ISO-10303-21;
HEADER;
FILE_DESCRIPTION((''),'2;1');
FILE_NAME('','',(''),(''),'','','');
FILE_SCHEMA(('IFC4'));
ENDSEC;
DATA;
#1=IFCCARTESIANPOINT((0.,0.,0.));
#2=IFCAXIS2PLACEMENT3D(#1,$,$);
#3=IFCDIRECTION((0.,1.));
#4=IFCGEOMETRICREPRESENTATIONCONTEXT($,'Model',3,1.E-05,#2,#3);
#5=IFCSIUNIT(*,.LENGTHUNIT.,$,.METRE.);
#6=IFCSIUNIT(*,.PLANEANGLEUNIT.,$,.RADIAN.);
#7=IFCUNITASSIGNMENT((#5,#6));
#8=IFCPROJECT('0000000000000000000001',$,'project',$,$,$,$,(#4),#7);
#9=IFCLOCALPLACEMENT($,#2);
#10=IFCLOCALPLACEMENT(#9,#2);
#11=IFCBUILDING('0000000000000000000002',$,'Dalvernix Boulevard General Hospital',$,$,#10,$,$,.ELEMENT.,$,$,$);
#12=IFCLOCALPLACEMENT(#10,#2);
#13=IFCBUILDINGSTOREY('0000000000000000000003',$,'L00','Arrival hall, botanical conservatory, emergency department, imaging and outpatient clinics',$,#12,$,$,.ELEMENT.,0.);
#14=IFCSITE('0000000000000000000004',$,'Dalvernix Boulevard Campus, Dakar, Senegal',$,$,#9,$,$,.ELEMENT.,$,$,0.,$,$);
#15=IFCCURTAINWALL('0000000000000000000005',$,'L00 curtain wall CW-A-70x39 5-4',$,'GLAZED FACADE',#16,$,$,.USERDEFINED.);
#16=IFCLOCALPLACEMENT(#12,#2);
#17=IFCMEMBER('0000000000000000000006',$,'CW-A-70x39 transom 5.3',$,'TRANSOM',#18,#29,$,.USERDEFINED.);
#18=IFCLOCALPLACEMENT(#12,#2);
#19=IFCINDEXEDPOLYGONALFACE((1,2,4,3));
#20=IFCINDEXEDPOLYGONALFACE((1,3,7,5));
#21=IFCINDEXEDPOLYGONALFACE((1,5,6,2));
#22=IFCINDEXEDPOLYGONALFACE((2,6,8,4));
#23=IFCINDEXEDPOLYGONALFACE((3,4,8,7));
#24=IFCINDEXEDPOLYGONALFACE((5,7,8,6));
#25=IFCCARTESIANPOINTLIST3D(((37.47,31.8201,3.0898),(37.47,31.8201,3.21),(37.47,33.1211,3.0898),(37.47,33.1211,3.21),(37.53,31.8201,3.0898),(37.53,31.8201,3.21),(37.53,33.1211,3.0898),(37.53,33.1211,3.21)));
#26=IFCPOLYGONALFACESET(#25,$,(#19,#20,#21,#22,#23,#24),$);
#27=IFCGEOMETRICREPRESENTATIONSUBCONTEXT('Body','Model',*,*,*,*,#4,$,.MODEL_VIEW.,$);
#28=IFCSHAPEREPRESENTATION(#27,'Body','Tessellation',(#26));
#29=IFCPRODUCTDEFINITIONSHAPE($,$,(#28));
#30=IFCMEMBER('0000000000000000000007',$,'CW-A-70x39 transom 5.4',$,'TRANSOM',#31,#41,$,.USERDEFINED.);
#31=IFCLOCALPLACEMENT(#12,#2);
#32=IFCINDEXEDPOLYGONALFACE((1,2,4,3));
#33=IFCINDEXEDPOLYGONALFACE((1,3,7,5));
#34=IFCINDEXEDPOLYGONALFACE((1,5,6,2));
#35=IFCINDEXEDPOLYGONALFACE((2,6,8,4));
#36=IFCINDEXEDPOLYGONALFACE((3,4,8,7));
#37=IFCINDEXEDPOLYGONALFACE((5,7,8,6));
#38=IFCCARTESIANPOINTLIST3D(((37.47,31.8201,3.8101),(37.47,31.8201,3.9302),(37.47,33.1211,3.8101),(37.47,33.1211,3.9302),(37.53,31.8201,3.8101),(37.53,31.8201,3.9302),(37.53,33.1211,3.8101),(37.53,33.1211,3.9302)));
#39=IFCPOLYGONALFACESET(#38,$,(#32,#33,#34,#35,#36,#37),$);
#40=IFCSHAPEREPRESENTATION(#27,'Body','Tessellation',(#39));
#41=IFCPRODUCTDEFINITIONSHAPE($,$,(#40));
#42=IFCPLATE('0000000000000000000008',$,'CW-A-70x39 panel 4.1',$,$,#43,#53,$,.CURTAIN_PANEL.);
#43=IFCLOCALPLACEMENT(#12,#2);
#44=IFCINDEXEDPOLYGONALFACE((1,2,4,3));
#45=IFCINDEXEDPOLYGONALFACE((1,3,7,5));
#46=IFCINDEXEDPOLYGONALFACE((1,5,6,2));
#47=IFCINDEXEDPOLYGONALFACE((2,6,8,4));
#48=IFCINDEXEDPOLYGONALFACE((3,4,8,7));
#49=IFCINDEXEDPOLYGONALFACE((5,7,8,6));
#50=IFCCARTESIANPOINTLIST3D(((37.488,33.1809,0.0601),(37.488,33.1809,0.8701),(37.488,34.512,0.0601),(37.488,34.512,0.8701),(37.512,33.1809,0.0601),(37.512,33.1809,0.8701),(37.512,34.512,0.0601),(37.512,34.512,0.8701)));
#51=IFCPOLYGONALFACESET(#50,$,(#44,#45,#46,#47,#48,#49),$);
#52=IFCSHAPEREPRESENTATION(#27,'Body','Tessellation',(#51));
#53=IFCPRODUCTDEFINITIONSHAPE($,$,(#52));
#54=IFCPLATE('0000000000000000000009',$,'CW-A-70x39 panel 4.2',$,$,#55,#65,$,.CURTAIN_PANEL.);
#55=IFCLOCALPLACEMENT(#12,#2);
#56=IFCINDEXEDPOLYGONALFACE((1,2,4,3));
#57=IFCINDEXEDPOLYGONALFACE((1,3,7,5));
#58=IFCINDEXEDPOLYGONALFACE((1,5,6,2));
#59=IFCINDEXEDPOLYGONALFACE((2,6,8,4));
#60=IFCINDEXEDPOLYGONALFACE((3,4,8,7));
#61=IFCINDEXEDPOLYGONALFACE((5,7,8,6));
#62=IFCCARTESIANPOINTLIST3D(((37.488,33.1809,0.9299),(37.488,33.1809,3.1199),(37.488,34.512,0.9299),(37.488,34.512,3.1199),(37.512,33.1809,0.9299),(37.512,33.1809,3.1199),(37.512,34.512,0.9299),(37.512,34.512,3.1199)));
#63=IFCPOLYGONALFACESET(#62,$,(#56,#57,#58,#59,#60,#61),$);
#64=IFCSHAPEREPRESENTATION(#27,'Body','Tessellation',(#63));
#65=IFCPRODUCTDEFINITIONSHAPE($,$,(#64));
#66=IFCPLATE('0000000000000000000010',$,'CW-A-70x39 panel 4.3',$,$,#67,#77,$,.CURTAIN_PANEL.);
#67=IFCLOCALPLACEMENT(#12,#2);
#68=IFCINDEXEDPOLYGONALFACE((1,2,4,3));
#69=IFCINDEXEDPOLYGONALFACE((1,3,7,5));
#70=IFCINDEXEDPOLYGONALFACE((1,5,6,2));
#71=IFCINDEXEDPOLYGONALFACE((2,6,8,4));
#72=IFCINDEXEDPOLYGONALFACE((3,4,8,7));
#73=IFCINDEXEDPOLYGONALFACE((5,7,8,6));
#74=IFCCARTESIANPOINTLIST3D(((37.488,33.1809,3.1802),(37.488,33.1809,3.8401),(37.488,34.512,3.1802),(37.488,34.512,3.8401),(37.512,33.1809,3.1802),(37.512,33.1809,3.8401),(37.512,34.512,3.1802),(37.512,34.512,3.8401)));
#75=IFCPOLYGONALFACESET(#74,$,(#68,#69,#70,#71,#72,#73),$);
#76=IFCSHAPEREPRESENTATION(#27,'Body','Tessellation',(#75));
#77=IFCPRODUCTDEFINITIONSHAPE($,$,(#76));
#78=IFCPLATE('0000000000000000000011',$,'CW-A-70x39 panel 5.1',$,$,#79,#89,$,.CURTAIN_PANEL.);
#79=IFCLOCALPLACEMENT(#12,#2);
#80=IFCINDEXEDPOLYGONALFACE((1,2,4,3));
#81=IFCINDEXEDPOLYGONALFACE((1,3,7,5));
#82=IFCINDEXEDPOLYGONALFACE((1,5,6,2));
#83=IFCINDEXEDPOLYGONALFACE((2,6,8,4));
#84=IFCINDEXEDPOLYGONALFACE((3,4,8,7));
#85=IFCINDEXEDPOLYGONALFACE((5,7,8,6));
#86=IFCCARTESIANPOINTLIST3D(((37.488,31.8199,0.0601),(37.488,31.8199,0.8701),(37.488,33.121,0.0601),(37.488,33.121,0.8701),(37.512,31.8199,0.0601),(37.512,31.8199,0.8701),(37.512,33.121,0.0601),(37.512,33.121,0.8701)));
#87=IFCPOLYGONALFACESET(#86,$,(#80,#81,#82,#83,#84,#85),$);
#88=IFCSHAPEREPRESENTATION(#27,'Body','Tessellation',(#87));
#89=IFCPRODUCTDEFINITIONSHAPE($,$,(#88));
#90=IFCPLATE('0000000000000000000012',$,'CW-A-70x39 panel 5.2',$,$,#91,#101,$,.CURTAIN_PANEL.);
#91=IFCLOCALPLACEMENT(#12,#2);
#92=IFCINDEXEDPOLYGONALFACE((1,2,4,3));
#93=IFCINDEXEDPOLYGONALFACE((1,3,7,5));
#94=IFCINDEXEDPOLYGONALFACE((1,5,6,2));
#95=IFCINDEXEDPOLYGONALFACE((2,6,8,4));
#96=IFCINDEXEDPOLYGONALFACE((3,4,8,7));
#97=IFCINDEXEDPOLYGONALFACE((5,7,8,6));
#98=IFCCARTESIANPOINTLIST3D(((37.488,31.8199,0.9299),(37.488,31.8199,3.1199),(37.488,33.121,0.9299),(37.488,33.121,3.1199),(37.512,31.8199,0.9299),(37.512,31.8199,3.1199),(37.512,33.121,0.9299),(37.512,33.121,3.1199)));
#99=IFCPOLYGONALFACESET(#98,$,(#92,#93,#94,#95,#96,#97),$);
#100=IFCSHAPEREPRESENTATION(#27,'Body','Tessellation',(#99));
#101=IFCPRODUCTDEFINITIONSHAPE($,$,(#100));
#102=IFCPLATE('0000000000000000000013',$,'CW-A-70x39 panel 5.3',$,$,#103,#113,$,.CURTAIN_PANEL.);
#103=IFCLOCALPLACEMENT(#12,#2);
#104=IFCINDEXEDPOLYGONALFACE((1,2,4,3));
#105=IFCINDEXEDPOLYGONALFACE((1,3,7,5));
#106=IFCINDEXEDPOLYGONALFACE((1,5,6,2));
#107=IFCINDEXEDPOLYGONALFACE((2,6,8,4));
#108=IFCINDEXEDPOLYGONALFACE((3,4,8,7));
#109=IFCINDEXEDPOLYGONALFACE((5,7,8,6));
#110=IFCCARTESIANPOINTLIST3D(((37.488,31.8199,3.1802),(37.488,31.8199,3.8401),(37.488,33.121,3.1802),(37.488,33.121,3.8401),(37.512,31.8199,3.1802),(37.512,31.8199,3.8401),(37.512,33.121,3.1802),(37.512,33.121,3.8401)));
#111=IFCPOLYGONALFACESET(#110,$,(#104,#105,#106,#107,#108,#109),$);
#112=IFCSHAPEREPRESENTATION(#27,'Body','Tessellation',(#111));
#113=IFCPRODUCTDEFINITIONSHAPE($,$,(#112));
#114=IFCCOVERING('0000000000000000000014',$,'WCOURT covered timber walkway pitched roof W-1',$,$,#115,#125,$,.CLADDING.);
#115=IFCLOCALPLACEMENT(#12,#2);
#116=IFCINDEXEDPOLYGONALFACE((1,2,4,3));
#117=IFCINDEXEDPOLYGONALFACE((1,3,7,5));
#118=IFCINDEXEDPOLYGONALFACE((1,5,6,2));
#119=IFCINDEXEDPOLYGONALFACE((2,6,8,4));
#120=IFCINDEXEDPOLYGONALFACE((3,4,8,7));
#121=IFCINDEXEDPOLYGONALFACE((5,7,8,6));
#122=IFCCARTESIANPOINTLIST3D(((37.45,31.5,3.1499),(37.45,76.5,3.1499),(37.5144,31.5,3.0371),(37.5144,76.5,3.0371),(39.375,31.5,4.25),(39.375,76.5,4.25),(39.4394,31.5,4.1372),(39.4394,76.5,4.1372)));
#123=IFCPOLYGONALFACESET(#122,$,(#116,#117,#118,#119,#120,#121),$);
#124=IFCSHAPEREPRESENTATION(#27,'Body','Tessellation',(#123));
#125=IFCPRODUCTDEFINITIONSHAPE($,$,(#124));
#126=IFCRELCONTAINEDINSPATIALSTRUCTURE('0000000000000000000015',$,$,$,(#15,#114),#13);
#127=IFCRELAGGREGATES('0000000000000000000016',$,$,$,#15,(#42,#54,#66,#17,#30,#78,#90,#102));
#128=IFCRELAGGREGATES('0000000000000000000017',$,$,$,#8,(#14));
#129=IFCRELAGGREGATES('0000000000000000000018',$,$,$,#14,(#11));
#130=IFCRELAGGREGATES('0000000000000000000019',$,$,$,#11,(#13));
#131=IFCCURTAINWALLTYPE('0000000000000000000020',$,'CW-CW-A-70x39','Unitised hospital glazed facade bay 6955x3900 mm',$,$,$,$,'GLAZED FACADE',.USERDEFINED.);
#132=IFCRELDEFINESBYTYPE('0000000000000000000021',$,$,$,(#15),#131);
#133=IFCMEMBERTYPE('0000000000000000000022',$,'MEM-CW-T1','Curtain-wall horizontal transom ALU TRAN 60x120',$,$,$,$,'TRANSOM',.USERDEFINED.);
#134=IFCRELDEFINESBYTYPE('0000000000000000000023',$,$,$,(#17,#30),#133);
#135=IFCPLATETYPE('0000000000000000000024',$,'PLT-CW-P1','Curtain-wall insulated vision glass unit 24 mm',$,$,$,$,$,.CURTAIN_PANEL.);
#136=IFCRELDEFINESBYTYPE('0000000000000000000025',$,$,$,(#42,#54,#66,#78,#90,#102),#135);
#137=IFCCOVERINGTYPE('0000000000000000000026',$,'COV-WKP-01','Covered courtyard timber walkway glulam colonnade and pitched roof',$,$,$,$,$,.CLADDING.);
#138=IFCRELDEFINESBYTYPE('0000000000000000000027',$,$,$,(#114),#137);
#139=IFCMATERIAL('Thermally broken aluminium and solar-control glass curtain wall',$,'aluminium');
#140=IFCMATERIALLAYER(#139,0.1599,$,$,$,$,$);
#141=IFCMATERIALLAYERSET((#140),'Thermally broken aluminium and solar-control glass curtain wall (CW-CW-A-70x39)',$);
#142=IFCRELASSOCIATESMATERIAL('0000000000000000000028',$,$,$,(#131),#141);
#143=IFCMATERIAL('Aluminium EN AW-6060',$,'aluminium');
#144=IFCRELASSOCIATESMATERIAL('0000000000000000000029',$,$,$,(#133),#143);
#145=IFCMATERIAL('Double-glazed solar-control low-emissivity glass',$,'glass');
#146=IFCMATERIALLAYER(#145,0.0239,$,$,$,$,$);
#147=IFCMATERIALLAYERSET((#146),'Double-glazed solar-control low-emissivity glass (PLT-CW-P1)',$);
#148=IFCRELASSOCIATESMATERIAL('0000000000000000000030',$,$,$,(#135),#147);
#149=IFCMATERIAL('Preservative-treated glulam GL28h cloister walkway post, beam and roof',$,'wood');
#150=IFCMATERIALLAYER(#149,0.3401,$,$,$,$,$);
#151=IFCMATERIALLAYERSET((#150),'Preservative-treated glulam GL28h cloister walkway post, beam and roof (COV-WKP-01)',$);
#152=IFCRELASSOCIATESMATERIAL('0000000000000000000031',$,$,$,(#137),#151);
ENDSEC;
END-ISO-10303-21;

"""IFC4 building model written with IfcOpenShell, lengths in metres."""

from ifc_helpers import new_model, si_unit, direction, frame, origin, origin_2d, place, context, subcontext, project, spatial, polyline, rectangle, outline, extrude, material, layer, layer_set, material_profile, profile_set, type_object, element, aggregate, save


model = new_model("IFC4")

# Units and contexts
model_context = context("Model", 3, precision=1e-05, world=origin(), true_north=direction((0.0, 1.0)))
body_context = subcontext(model_context, "Body", "Model", "MODEL_VIEW")
ifc_project = project(units=[si_unit("LENGTHUNIT", "METRE"), si_unit("PLANEANGLEUNIT", "RADIAN")], contexts=[model_context])

# Site, building, storey
site_placement = place(None, origin())
site = spatial("IfcSite", under=ifc_project, at=site_placement, Name="Dalvernix Boulevard Campus, Dakar, Senegal", CompositionType="ELEMENT", RefElevation=0.0)
building_placement = place(site_placement, origin())
building = spatial("IfcBuilding", under=site, at=building_placement, Name="Dalvernix Boulevard General Hospital", CompositionType="ELEMENT")
storey_placement = place(building_placement, origin())
storey = spatial("IfcBuildingStorey", under=building, at=storey_placement, Name="L00", Description="Arrival hall, botanical conservatory, emergency department, imaging and outpatient clinics", CompositionType="ELEMENT", Elevation=0.0)

# Curtain wall, members, plates
ifc_material_1 = material(Name="Thermally broken aluminium and solar-control glass curtain wall", Category="aluminium")
ifc_layer_1 = layer(ifc_material_1, 0.1599)
ifc_layer_set_1 = layer_set([ifc_layer_1], Name="Thermally broken aluminium and solar-control glass curtain wall (CW-CW-A-70x39)")
curtain_wall_type = type_object("IfcCurtainWallType", Name="CW-CW-A-70x39", Description="Unitised hospital glazed facade bay 6955x3900 mm", ElementType="GLAZED FACADE", PredefinedType="USERDEFINED", material=ifc_layer_set_1)
curtain_wall_placement = place(storey_placement, origin())
curtain_wall = element("IfcCurtainWall", 1, at=curtain_wall_placement, inside=storey, type_object=curtain_wall_type, Name="L00 curtain wall CW-A-70x39 5-4", ObjectType="GLAZED FACADE", PredefinedType="USERDEFINED")
ifc_material_2 = material(Name="Aluminium EN AW-6060", Category="aluminium")
ifc_material_profile_1 = material_profile(ifc_material_2, rectangle(XDim=0.0601, YDim=0.1201, at=origin_2d()), Name="ALU TRAN 60x120")
ifc_profile_set_1 = profile_set([ifc_material_profile_1], Name="Aluminium EN AW-6060")
member_type_1 = type_object("IfcMemberType", Name="MEM-CW-T1", Description="Curtain-wall horizontal transom ALU TRAN 60x120", ElementType="TRANSOM", PredefinedType="USERDEFINED", material=ifc_profile_set_1)
member_1_placement = place(storey_placement, frame((37.5, 33.1211, 3.1499), z_axis=(0.0, -1.0, 0.0), x_axis=(1.0, 0.0, 0.0)))
member_1 = element("IfcMember", 2, at=member_1_placement, type_object=member_type_1, Name="CW-A-70x39 transom 5.3", ObjectType="TRANSOM", PredefinedType="USERDEFINED", context=body_context, shape_type="SweptSolid", body=[
    extrude(rectangle(XDim=0.0601, YDim=0.1201, at=origin_2d()), origin(), (0.0, 0.0, 1.0), 1.301),
])
member_2_placement = place(storey_placement, frame((37.5, 33.1211, 3.8701), z_axis=(0.0, -1.0, 0.0), x_axis=(1.0, 0.0, 0.0)))
member_2 = element("IfcMember", 3, at=member_2_placement, type_object=member_type_1, Name="CW-A-70x39 transom 5.4", ObjectType="TRANSOM", PredefinedType="USERDEFINED", context=body_context, shape_type="SweptSolid", body=[
    extrude(rectangle(XDim=0.0601, YDim=0.1201, at=origin_2d()), origin(), (0.0, 0.0, 1.0), 1.301),
])
ifc_material_3 = material(Name="Double-glazed solar-control low-emissivity glass", Category="glass")
ifc_layer_2 = layer(ifc_material_3, 0.0239)
ifc_layer_set_2 = layer_set([ifc_layer_2], Name="Double-glazed solar-control low-emissivity glass (PLT-CW-P1)")
plate_type = type_object("IfcPlateType", Name="PLT-CW-P1", Description="Curtain-wall insulated vision glass unit 24 mm", PredefinedType="CURTAIN_PANEL", material=ifc_layer_set_2)
plate_1_placement = place(storey_placement, frame((37.5, 33.8464, 0.0601), z_axis=(0.0, 0.0, 1.0), x_axis=(0.0, -1.0, 0.0)))
plate_1 = element("IfcPlate", 4, at=plate_1_placement, type_object=plate_type, Name="CW-A-70x39 panel 4.1", PredefinedType="CURTAIN_PANEL", context=body_context, shape_type="SweptSolid", body=[
    extrude(rectangle(XDim=1.3311, YDim=0.0239, at=origin_2d()), origin(), (0.0, 0.0, 1.0), 0.8101),
])
plate_2_placement = place(storey_placement, frame((37.5, 33.8464, 0.9299), z_axis=(0.0, 0.0, 1.0), x_axis=(0.0, -1.0, 0.0)))
plate_2 = element("IfcPlate", 5, at=plate_2_placement, type_object=plate_type, Name="CW-A-70x39 panel 4.2", PredefinedType="CURTAIN_PANEL", context=body_context, shape_type="SweptSolid", body=[
    extrude(rectangle(XDim=1.3311, YDim=0.0239, at=origin_2d()), origin(), (0.0, 0.0, 1.0), 2.1899),
])
plate_3_placement = place(storey_placement, frame((37.5, 33.8464, 3.1802), z_axis=(0.0, 0.0, 1.0), x_axis=(0.0, -1.0, 0.0)))
plate_3 = element("IfcPlate", 6, at=plate_3_placement, type_object=plate_type, Name="CW-A-70x39 panel 4.3", PredefinedType="CURTAIN_PANEL", context=body_context, shape_type="SweptSolid", body=[
    extrude(rectangle(XDim=1.3311, YDim=0.0239, at=origin_2d()), origin(), (0.0, 0.0, 1.0), 0.6599),
])
plate_4_placement = place(storey_placement, frame((37.5, 32.4705, 0.0601), z_axis=(0.0, 0.0, 1.0), x_axis=(0.0, -1.0, 0.0)))
plate_4 = element("IfcPlate", 7, at=plate_4_placement, type_object=plate_type, Name="CW-A-70x39 panel 5.1", PredefinedType="CURTAIN_PANEL", context=body_context, shape_type="SweptSolid", body=[
    extrude(rectangle(XDim=1.301, YDim=0.0239, at=origin_2d()), origin(), (0.0, 0.0, 1.0), 0.8101),
])
plate_5_placement = place(storey_placement, frame((37.5, 32.4705, 0.9299), z_axis=(0.0, 0.0, 1.0), x_axis=(0.0, -1.0, 0.0)))
plate_5 = element("IfcPlate", 8, at=plate_5_placement, type_object=plate_type, Name="CW-A-70x39 panel 5.2", PredefinedType="CURTAIN_PANEL", context=body_context, shape_type="SweptSolid", body=[
    extrude(rectangle(XDim=1.301, YDim=0.0239, at=origin_2d()), origin(), (0.0, 0.0, 1.0), 2.1899),
])
plate_6_placement = place(storey_placement, frame((37.5, 32.4705, 3.1802), z_axis=(0.0, 0.0, 1.0), x_axis=(0.0, -1.0, 0.0)))
plate_6 = element("IfcPlate", 9, at=plate_6_placement, type_object=plate_type, Name="CW-A-70x39 panel 5.3", PredefinedType="CURTAIN_PANEL", context=body_context, shape_type="SweptSolid", body=[
    extrude(rectangle(XDim=1.301, YDim=0.0239, at=origin_2d()), origin(), (0.0, 0.0, 1.0), 0.6599),
])
aggregate(curtain_wall, [plate_1, plate_2, plate_3, member_1, member_2, plate_4, plate_5, plate_6])

# Covering
ifc_material_4 = material(Name="Preservative-treated glulam GL28h cloister walkway post, beam and roof", Category="wood")
ifc_layer_3 = layer(ifc_material_4, 0.3401)
ifc_layer_set_3 = layer_set([ifc_layer_3], Name="Preservative-treated glulam GL28h cloister walkway post, beam and roof (COV-WKP-01)")
covering_type = type_object("IfcCoveringType", Name="COV-WKP-01", Description="Covered courtyard timber walkway glulam colonnade and pitched roof", PredefinedType="CLADDING", material=ifc_layer_set_3)
covering_placement = place(storey_placement, frame((37.45, 31.5, 3.1499), z_axis=(-0.496163, 0.0, 0.86823), x_axis=(0.86823, 0.0, 0.496163)))
element("IfcCovering", 10, at=covering_placement, inside=storey, type_object=covering_type, Name="WCOURT covered timber walkway pitched roof W-1", PredefinedType="CLADDING", context=body_context, shape_type="SweptSolid", body=[
    extrude(outline(polyline([(0.0, 0.0), (2.2172, 0.0), (2.2172, 45.0), (0.0, 45.0), (0.0, 0.0)])), origin(), (0.0, 0.0, -1.0), 0.1299),
])

save(model, "model.ifc")
